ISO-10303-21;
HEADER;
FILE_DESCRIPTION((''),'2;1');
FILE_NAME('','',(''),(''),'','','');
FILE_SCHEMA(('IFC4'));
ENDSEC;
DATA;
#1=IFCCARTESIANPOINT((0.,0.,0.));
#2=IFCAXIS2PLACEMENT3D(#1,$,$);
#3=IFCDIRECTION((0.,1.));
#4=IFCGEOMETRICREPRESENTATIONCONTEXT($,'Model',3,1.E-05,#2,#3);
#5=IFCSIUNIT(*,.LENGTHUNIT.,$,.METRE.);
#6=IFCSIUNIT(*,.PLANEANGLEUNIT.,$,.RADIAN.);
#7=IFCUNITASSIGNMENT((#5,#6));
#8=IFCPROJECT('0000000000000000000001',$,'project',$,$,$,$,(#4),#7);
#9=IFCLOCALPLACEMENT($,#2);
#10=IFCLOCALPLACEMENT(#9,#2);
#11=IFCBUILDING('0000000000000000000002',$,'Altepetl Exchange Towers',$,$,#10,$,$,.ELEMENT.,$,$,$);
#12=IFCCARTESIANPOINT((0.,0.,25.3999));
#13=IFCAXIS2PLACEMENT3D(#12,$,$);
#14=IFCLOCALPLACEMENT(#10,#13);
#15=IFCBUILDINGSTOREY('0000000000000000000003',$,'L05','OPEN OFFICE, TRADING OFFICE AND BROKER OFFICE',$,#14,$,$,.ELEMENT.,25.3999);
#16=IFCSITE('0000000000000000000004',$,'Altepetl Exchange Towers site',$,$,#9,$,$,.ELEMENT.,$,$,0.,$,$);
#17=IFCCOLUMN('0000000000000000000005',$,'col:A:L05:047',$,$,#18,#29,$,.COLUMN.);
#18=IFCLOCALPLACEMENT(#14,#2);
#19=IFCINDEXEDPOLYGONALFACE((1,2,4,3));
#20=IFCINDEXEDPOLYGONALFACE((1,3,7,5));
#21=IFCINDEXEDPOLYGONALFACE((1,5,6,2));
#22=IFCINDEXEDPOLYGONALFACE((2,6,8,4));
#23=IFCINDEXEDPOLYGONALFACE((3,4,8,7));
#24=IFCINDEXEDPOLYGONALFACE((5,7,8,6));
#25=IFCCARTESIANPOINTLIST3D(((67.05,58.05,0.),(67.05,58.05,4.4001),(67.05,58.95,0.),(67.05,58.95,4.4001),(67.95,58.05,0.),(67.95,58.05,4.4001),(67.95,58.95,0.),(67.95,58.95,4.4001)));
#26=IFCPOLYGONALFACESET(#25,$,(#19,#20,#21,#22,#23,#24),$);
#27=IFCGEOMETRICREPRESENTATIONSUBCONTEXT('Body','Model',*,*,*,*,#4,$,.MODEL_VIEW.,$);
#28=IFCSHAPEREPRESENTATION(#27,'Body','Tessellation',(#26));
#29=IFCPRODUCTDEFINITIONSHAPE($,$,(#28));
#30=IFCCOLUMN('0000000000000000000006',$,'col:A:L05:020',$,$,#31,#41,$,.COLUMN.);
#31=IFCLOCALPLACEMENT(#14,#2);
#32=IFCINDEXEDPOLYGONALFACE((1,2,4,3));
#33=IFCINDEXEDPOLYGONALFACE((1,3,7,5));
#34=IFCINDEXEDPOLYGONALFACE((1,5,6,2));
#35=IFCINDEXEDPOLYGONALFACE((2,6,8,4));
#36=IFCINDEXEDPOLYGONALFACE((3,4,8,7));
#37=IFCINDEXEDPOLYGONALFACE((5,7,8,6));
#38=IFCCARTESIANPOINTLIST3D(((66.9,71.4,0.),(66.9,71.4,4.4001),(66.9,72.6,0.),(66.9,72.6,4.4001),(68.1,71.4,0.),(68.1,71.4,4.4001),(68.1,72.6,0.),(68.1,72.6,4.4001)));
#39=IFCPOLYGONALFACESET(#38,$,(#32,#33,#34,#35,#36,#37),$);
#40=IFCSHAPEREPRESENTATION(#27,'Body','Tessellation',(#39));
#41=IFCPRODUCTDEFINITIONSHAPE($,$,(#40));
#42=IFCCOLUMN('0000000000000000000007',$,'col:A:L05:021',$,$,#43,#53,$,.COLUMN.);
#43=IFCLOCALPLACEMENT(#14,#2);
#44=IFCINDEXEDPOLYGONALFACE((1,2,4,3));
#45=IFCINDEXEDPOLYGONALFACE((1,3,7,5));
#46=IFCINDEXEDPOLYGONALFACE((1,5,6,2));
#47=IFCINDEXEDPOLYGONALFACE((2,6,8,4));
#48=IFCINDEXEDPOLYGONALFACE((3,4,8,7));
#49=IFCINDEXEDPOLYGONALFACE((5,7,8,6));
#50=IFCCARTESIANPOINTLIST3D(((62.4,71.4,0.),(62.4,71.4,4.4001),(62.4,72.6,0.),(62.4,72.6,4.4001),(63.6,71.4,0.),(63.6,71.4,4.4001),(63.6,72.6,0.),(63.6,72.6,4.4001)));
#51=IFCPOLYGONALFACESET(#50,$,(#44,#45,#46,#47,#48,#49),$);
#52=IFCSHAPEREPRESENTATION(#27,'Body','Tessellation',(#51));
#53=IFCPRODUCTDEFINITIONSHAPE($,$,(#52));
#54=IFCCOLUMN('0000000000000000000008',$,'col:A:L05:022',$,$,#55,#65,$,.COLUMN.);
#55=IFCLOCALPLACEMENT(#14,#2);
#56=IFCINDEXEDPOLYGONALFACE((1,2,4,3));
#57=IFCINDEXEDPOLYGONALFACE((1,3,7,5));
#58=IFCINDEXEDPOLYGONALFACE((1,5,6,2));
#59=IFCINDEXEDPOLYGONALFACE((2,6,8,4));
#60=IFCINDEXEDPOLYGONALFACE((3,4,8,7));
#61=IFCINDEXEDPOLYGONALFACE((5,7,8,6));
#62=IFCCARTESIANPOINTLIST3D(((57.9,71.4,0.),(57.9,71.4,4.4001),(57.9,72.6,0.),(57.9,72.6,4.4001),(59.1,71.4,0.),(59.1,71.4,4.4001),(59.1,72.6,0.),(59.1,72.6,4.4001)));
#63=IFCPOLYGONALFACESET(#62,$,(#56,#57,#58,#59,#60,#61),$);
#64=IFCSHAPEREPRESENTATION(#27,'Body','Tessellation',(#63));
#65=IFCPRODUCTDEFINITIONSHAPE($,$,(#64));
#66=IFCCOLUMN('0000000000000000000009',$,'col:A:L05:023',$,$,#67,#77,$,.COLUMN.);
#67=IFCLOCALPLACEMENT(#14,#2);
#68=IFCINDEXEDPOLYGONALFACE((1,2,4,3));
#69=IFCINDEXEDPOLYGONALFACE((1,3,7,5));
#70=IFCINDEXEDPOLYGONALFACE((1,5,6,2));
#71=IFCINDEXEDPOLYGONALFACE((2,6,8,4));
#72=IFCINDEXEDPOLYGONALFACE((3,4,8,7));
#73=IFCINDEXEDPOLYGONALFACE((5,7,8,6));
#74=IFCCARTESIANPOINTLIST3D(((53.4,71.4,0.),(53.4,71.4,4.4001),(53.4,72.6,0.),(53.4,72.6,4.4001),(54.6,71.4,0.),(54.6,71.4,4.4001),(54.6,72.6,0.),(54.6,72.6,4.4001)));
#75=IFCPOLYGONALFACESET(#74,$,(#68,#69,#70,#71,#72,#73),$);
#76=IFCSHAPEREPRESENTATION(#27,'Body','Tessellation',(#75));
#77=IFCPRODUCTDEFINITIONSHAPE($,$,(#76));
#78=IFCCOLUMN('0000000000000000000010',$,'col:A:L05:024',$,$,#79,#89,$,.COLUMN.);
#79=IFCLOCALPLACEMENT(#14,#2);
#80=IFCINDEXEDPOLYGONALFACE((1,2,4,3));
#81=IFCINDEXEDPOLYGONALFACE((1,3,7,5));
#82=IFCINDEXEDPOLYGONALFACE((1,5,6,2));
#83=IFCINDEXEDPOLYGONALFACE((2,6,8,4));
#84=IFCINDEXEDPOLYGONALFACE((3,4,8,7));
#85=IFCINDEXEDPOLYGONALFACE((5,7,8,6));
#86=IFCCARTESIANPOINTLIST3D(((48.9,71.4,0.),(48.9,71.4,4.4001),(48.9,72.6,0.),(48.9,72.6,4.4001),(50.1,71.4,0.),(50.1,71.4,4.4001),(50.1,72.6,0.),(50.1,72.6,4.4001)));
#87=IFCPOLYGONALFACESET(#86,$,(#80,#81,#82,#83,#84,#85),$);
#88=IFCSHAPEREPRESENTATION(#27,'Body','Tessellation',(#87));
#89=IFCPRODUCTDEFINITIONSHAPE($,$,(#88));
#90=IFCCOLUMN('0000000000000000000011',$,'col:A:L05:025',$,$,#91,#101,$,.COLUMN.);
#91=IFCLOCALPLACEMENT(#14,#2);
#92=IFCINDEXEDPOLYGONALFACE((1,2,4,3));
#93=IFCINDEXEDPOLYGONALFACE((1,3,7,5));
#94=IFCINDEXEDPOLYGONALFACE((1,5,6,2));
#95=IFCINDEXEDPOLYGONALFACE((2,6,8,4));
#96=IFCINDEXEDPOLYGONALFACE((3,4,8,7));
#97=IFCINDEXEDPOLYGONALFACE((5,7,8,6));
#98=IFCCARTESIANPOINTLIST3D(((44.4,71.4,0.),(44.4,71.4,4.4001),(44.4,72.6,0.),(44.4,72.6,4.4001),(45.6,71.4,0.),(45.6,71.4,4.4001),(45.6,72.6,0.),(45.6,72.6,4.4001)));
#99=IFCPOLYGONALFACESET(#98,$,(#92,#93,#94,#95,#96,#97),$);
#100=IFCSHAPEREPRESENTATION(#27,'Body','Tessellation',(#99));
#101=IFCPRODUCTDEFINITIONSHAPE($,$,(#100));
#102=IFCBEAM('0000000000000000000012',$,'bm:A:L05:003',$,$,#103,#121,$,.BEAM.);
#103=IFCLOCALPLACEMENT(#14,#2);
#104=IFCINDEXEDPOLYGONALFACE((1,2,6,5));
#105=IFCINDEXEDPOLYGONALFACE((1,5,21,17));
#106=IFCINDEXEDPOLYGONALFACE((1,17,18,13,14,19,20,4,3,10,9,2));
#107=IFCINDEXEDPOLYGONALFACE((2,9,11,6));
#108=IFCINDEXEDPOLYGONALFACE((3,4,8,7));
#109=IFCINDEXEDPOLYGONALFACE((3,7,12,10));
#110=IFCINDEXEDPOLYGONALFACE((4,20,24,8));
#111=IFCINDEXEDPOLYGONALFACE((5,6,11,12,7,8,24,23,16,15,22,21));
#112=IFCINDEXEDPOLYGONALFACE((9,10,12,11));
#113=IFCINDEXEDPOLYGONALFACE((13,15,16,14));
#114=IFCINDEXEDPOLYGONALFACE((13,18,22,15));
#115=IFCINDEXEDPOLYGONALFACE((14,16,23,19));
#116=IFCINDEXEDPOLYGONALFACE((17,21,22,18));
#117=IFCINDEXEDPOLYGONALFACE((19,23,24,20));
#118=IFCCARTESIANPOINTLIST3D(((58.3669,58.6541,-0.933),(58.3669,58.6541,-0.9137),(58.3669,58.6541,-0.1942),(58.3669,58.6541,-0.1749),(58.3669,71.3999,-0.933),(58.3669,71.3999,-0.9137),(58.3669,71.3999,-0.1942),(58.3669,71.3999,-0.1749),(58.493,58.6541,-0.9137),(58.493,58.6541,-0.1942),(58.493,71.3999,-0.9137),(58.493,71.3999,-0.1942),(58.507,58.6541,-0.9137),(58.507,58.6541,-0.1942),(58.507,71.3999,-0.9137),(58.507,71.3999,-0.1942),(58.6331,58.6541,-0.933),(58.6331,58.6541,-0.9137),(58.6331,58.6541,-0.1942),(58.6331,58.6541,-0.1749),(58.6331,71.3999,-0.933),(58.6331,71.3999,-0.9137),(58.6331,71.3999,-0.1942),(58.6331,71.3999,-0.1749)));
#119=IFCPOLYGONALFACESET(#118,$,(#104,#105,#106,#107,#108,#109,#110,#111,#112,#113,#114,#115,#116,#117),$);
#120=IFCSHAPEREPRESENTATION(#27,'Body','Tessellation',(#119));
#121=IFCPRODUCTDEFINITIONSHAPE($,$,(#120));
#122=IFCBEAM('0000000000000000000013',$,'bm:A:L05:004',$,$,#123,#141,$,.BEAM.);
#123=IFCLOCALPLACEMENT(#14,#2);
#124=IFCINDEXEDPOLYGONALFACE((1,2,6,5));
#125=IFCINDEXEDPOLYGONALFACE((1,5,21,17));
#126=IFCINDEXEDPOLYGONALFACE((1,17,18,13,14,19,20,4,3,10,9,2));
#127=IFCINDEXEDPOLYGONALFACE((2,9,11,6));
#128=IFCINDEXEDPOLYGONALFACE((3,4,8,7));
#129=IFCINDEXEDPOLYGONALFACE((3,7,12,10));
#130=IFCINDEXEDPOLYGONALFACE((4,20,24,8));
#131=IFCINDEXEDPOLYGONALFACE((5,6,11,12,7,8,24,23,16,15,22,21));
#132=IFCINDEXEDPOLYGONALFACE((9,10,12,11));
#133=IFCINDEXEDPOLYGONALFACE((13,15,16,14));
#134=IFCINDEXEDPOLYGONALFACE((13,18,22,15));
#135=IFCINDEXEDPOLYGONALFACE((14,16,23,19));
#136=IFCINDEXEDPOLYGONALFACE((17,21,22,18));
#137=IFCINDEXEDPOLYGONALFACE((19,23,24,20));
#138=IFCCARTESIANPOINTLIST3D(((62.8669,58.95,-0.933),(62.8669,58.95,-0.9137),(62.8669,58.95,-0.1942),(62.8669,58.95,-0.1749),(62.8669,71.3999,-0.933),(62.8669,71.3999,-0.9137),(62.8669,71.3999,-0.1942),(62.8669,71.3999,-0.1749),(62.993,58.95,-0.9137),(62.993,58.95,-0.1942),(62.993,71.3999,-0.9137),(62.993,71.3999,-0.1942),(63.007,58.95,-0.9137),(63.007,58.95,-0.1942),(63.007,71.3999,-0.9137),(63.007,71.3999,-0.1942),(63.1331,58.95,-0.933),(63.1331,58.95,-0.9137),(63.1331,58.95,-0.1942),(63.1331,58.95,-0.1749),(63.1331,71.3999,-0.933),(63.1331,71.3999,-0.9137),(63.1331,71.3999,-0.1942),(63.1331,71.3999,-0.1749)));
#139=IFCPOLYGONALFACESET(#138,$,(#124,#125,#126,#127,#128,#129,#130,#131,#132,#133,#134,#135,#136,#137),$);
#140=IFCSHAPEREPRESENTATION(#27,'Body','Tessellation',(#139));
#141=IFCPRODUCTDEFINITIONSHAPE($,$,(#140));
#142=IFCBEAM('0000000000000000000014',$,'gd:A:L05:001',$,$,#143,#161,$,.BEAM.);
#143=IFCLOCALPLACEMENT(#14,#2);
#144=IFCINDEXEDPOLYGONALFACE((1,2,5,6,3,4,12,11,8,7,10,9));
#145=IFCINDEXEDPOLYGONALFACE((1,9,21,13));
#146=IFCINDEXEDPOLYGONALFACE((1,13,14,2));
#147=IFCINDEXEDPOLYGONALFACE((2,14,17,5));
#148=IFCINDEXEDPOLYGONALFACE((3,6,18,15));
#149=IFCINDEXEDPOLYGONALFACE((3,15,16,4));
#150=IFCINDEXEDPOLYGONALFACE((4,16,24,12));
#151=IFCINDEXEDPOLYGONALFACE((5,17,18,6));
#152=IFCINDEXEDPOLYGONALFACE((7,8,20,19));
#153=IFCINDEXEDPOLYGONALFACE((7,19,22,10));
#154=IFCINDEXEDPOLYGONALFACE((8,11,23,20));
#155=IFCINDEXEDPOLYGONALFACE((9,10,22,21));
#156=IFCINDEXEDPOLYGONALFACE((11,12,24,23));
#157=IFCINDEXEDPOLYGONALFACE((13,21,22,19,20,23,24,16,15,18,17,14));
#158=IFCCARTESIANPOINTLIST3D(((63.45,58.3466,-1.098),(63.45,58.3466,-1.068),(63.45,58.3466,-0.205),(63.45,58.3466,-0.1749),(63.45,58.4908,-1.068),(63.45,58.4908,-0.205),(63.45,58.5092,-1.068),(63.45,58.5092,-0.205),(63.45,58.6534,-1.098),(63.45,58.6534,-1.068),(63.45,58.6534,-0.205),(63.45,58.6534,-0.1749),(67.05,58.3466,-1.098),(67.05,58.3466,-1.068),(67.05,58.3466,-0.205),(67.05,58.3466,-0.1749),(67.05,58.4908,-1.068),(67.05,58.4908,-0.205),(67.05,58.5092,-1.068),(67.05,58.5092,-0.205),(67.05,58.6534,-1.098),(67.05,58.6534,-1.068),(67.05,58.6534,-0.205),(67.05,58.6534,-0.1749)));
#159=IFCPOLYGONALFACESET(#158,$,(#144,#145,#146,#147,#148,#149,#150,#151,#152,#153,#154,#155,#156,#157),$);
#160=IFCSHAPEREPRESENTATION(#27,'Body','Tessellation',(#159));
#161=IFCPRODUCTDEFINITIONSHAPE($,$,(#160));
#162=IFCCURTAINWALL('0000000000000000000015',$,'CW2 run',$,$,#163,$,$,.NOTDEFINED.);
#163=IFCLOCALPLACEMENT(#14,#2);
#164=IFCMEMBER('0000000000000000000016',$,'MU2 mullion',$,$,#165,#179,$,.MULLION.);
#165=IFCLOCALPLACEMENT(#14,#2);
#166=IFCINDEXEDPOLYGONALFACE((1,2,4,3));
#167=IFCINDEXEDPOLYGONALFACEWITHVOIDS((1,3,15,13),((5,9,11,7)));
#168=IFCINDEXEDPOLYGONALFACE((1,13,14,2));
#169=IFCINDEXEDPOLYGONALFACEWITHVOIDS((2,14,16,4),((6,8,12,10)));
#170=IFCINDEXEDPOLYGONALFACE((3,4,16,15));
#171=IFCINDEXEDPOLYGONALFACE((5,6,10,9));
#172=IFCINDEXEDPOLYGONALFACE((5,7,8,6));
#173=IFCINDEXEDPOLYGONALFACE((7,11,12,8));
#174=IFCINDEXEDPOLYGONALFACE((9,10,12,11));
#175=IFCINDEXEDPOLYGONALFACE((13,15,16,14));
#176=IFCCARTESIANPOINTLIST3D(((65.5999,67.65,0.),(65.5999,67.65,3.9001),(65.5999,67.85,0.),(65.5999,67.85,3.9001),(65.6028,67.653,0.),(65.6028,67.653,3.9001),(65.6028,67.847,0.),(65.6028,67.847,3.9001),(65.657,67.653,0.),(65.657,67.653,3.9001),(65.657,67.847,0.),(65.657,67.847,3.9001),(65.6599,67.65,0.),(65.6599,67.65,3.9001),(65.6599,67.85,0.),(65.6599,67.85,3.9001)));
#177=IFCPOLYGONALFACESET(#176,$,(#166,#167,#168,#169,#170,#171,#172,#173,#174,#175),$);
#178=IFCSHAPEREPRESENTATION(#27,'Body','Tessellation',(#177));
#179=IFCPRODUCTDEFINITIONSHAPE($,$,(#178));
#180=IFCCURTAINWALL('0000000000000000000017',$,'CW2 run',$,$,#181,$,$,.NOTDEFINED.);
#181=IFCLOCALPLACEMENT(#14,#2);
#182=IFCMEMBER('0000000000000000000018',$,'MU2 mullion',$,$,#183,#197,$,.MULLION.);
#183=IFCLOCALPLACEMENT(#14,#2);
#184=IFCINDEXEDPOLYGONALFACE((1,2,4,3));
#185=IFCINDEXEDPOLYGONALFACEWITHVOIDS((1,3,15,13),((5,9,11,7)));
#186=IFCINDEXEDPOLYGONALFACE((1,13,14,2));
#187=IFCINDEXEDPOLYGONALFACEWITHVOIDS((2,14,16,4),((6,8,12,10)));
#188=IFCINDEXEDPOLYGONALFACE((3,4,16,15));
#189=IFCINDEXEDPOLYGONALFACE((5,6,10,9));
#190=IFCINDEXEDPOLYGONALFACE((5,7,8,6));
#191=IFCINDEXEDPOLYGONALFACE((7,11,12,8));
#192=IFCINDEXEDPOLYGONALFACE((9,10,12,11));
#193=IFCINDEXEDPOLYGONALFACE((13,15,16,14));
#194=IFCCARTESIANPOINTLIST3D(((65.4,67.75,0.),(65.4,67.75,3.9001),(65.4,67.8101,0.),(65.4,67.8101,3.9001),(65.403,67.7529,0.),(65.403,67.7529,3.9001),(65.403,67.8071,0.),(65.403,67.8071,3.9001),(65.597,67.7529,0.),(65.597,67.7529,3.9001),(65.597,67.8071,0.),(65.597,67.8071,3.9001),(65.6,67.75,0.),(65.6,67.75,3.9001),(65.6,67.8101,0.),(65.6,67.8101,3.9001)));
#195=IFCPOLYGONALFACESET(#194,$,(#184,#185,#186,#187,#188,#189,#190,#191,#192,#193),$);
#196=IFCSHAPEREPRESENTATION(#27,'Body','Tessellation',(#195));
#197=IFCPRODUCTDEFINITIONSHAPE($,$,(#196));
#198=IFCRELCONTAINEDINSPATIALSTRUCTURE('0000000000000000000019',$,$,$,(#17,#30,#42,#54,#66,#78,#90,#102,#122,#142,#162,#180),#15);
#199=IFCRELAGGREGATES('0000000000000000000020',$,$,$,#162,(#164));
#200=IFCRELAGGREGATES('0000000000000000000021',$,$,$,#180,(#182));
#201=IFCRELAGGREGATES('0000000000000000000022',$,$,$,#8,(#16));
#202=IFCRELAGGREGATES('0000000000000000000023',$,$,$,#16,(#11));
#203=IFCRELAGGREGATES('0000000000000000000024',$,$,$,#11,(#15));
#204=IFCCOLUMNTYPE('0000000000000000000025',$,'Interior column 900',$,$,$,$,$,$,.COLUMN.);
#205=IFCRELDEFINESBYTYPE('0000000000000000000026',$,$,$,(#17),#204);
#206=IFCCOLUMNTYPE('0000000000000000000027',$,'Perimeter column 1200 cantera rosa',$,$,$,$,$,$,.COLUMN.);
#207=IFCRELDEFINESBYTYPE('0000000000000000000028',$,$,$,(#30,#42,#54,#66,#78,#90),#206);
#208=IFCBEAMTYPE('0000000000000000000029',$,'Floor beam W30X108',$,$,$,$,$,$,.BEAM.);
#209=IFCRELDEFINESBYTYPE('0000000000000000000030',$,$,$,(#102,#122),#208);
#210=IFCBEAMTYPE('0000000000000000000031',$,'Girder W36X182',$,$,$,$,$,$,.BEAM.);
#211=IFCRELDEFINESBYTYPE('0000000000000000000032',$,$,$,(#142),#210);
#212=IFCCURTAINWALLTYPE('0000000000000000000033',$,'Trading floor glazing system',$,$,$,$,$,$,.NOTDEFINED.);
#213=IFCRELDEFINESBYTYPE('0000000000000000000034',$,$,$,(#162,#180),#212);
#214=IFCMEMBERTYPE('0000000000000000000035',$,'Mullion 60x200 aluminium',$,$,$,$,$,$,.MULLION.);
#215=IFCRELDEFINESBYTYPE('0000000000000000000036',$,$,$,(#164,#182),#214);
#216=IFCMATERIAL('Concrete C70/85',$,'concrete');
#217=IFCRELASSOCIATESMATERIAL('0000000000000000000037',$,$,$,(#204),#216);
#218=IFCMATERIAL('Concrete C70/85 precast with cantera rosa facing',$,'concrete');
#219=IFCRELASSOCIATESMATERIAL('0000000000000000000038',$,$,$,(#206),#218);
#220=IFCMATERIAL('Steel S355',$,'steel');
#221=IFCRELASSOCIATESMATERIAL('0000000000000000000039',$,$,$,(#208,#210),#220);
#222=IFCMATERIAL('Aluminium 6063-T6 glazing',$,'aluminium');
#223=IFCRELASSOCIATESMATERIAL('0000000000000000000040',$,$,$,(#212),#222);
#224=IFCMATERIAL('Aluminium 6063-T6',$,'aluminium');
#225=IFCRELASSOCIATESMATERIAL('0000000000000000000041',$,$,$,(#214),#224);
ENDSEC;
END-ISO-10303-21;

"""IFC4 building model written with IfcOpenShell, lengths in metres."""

from ifc_helpers import new_model, si_unit, direction, frame, origin, origin_2d, place, context, subcontext, project, spatial, rectangle, hollow_rectangle, i_section, extrude, material, material_profile, profile_set, type_object, element, aggregate, save


model = new_model("IFC4")

# Units and contexts
model_context = context("Model", 3, precision=1e-05, world=origin(), true_north=direction((0.0, 1.0)))
body_context = subcontext(model_context, "Body", "Model", "MODEL_VIEW")
ifc_project = project(units=[si_unit("LENGTHUNIT", "METRE"), si_unit("PLANEANGLEUNIT", "RADIAN")], contexts=[model_context])

# Site, building, storey
site_placement = place(None, origin())
site = spatial("IfcSite", under=ifc_project, at=site_placement, Name="Altepetl Exchange Towers site", CompositionType="ELEMENT", RefElevation=0.0)
building_placement = place(site_placement, origin())
building = spatial("IfcBuilding", under=site, at=building_placement, Name="Altepetl Exchange Towers", CompositionType="ELEMENT")
storey_placement = place(building_placement, frame((0.0, 0.0, 25.3999)))
storey = spatial("IfcBuildingStorey", under=building, at=storey_placement, Name="L05", Description="OPEN OFFICE, TRADING OFFICE AND BROKER OFFICE", CompositionType="ELEMENT", Elevation=25.3999)

# Columns
ifc_material_1 = material(Name="Concrete C70/85", Category="concrete")
ifc_material_profile_1 = material_profile(ifc_material_1, rectangle(XDim=0.8999, YDim=0.8999, at=origin_2d()), Name="900 x 900")
ifc_profile_set_1 = profile_set([ifc_material_profile_1], Name="Concrete C70/85")
column_type_1 = type_object("IfcColumnType", Name="Interior column 900", PredefinedType="COLUMN", material=ifc_profile_set_1)
column_placement = place(storey_placement, frame((67.5, 58.5, 0.0)))
element("IfcColumn", 1, at=column_placement, inside=storey, type_object=column_type_1, Name="col:A:L05:047", PredefinedType="COLUMN", context=body_context, shape_type="SweptSolid", body=[
    extrude(rectangle(XDim=0.8999, YDim=0.8999, at=origin_2d()), origin(), (0.0, 0.0, 1.0), 4.4001),
])
ifc_material_2 = material(Name="Concrete C70/85 precast with cantera rosa facing", Category="concrete")
ifc_material_profile_2 = material_profile(ifc_material_2, rectangle(XDim=1.2, YDim=1.2, at=origin_2d()), Name="1200 x 1200")
ifc_profile_set_2 = profile_set([ifc_material_profile_2], Name="Concrete C70/85 precast with cantera rosa facing")
column_type_2 = type_object("IfcColumnType", Name="Perimeter column 1200 cantera rosa", PredefinedType="COLUMN", material=ifc_profile_set_2)
for number, where, name in (
    (2, (67.5, 72.0, 0.0), "col:A:L05:020"),
    (3, (63.0, 72.0, 0.0), "col:A:L05:021"),
    (4, (58.5, 72.0, 0.0), "col:A:L05:022"),
    (5, (54.0, 72.0, 0.0), "col:A:L05:023"),
    (6, (49.5, 72.0, 0.0), "col:A:L05:024"),
    (7, (45.0, 72.0, 0.0), "col:A:L05:025"),
):
    element("IfcColumn", number, at=place(storey_placement, frame(where)), inside=storey, type_object=column_type_2, Name=name, PredefinedType="COLUMN", context=body_context, shape_type="SweptSolid", body=[
        extrude(rectangle(XDim=1.2, YDim=1.2, at=origin_2d()), origin(), (0.0, 0.0, 1.0), 4.4001),
    ])

# Beams
ifc_material_3 = material(Name="Steel S355", Category="steel")
ifc_material_profile_3 = material_profile(ifc_material_3, i_section(OverallWidth=0.2661, OverallDepth=0.7581, WebThickness=0.0139, FlangeThickness=0.0193, at=origin_2d()), Name="W30X108")
ifc_profile_set_3 = profile_set([ifc_material_profile_3], Name="Steel S355")
beam_type_1 = type_object("IfcBeamType", Name="Floor beam W30X108", PredefinedType="BEAM", material=ifc_profile_set_3)
beam_1_placement = place(storey_placement, frame((58.5, 58.6541, -0.554), z_axis=(0.0, 1.0, 0.0), x_axis=(-1.0, 0.0, 0.0)))
element("IfcBeam", 8, at=beam_1_placement, inside=storey, type_object=beam_type_1, Name="bm:A:L05:003", PredefinedType="BEAM", context=body_context, shape_type="SweptSolid", body=[
    extrude(i_section(OverallWidth=0.2661, OverallDepth=0.7581, WebThickness=0.0139, FlangeThickness=0.0193, at=origin_2d()), origin(), (0.0, 0.0, 1.0), 12.7458),
])
beam_2_placement = place(storey_placement, frame((63.0, 58.95, -0.554), z_axis=(0.0, 1.0, 0.0), x_axis=(-1.0, 0.0, 0.0)))
element("IfcBeam", 9, at=beam_2_placement, inside=storey, type_object=beam_type_1, Name="bm:A:L05:004", PredefinedType="BEAM", context=body_context, shape_type="SweptSolid", body=[
    extrude(i_section(OverallWidth=0.2661, OverallDepth=0.7581, WebThickness=0.0139, FlangeThickness=0.0193, at=origin_2d()), origin(), (0.0, 0.0, 1.0), 12.45),
])
ifc_material_profile_4 = material_profile(ifc_material_3, i_section(OverallWidth=0.3069, OverallDepth=0.9231, WebThickness=0.0183, FlangeThickness=0.03, at=origin_2d()), Name="W36X182")
ifc_profile_set_4 = profile_set([ifc_material_profile_4], Name="Steel S355")
beam_type_2 = type_object("IfcBeamType", Name="Girder W36X182", PredefinedType="BEAM", material=ifc_profile_set_4)
beam_3_placement = place(storey_placement, frame((63.45, 58.5, -0.6365), z_axis=(1.0, 0.0, 0.0), x_axis=(0.0, 1.0, 0.0)))
element("IfcBeam", 10, at=beam_3_placement, inside=storey, type_object=beam_type_2, Name="gd:A:L05:001", PredefinedType="BEAM", context=body_context, shape_type="SweptSolid", body=[
    extrude(i_section(OverallWidth=0.3069, OverallDepth=0.9231, WebThickness=0.0183, FlangeThickness=0.03, at=origin_2d()), origin(), (0.0, 0.0, 1.0), 3.6001),
])

# Curtain wall, member
ifc_material_4 = material(Name="Aluminium 6063-T6 glazing", Category="aluminium")
curtain_wall_type = type_object("IfcCurtainWallType", Name="Trading floor glazing system", PredefinedType="NOTDEFINED", material=ifc_material_4)
curtain_wall_1_placement = place(storey_placement, origin())
curtain_wall_1 = element("IfcCurtainWall", 11, at=curtain_wall_1_placement, inside=storey, type_object=curtain_wall_type, Name="CW2 run", PredefinedType="NOTDEFINED")
ifc_material_5 = material(Name="Aluminium 6063-T6", Category="aluminium")
ifc_material_profile_5 = material_profile(ifc_material_5, hollow_rectangle(XDim=0.0601, YDim=0.2, WallThickness=0.0029, at=origin_2d()), Name="Mullion 60x200 aluminium")
ifc_profile_set_5 = profile_set([ifc_material_profile_5], Name="Aluminium 6063-T6")
member_type = type_object("IfcMemberType", Name="Mullion 60x200 aluminium", PredefinedType="MULLION", material=ifc_profile_set_5)
member_1_placement = place(storey_placement, frame((65.6299, 67.75, 0.0), z_axis=(0.0, 0.0, 1.0), x_axis=(-1.0, 0.0, 0.0)))
member_1 = element("IfcMember", 12, at=member_1_placement, type_object=member_type, Name="MU2 mullion", PredefinedType="MULLION", context=body_context, shape_type="SweptSolid", body=[
    extrude(hollow_rectangle(XDim=0.0601, YDim=0.2, WallThickness=0.0029, at=origin_2d()), origin(), (0.0, 0.0, 1.0), 3.9001),
])

# Curtain wall, member
curtain_wall_2_placement = place(storey_placement, origin())
curtain_wall_2 = element("IfcCurtainWall", 13, at=curtain_wall_2_placement, inside=storey, type_object=curtain_wall_type, Name="CW2 run", PredefinedType="NOTDEFINED")
member_2_placement = place(storey_placement, frame((65.5, 67.78, 0.0), z_axis=(0.0, 0.0, 1.0), x_axis=(0.0, 1.0, 0.0)))
member_2 = element("IfcMember", 14, at=member_2_placement, type_object=member_type, Name="MU2 mullion", PredefinedType="MULLION", context=body_context, shape_type="SweptSolid", body=[
    extrude(hollow_rectangle(XDim=0.0601, YDim=0.2, WallThickness=0.0029, at=origin_2d()), origin(), (0.0, 0.0, 1.0), 3.9001),
])

aggregate(curtain_wall_1, [member_1])
aggregate(curtain_wall_2, [member_2])

save(model, "model.ifc")
